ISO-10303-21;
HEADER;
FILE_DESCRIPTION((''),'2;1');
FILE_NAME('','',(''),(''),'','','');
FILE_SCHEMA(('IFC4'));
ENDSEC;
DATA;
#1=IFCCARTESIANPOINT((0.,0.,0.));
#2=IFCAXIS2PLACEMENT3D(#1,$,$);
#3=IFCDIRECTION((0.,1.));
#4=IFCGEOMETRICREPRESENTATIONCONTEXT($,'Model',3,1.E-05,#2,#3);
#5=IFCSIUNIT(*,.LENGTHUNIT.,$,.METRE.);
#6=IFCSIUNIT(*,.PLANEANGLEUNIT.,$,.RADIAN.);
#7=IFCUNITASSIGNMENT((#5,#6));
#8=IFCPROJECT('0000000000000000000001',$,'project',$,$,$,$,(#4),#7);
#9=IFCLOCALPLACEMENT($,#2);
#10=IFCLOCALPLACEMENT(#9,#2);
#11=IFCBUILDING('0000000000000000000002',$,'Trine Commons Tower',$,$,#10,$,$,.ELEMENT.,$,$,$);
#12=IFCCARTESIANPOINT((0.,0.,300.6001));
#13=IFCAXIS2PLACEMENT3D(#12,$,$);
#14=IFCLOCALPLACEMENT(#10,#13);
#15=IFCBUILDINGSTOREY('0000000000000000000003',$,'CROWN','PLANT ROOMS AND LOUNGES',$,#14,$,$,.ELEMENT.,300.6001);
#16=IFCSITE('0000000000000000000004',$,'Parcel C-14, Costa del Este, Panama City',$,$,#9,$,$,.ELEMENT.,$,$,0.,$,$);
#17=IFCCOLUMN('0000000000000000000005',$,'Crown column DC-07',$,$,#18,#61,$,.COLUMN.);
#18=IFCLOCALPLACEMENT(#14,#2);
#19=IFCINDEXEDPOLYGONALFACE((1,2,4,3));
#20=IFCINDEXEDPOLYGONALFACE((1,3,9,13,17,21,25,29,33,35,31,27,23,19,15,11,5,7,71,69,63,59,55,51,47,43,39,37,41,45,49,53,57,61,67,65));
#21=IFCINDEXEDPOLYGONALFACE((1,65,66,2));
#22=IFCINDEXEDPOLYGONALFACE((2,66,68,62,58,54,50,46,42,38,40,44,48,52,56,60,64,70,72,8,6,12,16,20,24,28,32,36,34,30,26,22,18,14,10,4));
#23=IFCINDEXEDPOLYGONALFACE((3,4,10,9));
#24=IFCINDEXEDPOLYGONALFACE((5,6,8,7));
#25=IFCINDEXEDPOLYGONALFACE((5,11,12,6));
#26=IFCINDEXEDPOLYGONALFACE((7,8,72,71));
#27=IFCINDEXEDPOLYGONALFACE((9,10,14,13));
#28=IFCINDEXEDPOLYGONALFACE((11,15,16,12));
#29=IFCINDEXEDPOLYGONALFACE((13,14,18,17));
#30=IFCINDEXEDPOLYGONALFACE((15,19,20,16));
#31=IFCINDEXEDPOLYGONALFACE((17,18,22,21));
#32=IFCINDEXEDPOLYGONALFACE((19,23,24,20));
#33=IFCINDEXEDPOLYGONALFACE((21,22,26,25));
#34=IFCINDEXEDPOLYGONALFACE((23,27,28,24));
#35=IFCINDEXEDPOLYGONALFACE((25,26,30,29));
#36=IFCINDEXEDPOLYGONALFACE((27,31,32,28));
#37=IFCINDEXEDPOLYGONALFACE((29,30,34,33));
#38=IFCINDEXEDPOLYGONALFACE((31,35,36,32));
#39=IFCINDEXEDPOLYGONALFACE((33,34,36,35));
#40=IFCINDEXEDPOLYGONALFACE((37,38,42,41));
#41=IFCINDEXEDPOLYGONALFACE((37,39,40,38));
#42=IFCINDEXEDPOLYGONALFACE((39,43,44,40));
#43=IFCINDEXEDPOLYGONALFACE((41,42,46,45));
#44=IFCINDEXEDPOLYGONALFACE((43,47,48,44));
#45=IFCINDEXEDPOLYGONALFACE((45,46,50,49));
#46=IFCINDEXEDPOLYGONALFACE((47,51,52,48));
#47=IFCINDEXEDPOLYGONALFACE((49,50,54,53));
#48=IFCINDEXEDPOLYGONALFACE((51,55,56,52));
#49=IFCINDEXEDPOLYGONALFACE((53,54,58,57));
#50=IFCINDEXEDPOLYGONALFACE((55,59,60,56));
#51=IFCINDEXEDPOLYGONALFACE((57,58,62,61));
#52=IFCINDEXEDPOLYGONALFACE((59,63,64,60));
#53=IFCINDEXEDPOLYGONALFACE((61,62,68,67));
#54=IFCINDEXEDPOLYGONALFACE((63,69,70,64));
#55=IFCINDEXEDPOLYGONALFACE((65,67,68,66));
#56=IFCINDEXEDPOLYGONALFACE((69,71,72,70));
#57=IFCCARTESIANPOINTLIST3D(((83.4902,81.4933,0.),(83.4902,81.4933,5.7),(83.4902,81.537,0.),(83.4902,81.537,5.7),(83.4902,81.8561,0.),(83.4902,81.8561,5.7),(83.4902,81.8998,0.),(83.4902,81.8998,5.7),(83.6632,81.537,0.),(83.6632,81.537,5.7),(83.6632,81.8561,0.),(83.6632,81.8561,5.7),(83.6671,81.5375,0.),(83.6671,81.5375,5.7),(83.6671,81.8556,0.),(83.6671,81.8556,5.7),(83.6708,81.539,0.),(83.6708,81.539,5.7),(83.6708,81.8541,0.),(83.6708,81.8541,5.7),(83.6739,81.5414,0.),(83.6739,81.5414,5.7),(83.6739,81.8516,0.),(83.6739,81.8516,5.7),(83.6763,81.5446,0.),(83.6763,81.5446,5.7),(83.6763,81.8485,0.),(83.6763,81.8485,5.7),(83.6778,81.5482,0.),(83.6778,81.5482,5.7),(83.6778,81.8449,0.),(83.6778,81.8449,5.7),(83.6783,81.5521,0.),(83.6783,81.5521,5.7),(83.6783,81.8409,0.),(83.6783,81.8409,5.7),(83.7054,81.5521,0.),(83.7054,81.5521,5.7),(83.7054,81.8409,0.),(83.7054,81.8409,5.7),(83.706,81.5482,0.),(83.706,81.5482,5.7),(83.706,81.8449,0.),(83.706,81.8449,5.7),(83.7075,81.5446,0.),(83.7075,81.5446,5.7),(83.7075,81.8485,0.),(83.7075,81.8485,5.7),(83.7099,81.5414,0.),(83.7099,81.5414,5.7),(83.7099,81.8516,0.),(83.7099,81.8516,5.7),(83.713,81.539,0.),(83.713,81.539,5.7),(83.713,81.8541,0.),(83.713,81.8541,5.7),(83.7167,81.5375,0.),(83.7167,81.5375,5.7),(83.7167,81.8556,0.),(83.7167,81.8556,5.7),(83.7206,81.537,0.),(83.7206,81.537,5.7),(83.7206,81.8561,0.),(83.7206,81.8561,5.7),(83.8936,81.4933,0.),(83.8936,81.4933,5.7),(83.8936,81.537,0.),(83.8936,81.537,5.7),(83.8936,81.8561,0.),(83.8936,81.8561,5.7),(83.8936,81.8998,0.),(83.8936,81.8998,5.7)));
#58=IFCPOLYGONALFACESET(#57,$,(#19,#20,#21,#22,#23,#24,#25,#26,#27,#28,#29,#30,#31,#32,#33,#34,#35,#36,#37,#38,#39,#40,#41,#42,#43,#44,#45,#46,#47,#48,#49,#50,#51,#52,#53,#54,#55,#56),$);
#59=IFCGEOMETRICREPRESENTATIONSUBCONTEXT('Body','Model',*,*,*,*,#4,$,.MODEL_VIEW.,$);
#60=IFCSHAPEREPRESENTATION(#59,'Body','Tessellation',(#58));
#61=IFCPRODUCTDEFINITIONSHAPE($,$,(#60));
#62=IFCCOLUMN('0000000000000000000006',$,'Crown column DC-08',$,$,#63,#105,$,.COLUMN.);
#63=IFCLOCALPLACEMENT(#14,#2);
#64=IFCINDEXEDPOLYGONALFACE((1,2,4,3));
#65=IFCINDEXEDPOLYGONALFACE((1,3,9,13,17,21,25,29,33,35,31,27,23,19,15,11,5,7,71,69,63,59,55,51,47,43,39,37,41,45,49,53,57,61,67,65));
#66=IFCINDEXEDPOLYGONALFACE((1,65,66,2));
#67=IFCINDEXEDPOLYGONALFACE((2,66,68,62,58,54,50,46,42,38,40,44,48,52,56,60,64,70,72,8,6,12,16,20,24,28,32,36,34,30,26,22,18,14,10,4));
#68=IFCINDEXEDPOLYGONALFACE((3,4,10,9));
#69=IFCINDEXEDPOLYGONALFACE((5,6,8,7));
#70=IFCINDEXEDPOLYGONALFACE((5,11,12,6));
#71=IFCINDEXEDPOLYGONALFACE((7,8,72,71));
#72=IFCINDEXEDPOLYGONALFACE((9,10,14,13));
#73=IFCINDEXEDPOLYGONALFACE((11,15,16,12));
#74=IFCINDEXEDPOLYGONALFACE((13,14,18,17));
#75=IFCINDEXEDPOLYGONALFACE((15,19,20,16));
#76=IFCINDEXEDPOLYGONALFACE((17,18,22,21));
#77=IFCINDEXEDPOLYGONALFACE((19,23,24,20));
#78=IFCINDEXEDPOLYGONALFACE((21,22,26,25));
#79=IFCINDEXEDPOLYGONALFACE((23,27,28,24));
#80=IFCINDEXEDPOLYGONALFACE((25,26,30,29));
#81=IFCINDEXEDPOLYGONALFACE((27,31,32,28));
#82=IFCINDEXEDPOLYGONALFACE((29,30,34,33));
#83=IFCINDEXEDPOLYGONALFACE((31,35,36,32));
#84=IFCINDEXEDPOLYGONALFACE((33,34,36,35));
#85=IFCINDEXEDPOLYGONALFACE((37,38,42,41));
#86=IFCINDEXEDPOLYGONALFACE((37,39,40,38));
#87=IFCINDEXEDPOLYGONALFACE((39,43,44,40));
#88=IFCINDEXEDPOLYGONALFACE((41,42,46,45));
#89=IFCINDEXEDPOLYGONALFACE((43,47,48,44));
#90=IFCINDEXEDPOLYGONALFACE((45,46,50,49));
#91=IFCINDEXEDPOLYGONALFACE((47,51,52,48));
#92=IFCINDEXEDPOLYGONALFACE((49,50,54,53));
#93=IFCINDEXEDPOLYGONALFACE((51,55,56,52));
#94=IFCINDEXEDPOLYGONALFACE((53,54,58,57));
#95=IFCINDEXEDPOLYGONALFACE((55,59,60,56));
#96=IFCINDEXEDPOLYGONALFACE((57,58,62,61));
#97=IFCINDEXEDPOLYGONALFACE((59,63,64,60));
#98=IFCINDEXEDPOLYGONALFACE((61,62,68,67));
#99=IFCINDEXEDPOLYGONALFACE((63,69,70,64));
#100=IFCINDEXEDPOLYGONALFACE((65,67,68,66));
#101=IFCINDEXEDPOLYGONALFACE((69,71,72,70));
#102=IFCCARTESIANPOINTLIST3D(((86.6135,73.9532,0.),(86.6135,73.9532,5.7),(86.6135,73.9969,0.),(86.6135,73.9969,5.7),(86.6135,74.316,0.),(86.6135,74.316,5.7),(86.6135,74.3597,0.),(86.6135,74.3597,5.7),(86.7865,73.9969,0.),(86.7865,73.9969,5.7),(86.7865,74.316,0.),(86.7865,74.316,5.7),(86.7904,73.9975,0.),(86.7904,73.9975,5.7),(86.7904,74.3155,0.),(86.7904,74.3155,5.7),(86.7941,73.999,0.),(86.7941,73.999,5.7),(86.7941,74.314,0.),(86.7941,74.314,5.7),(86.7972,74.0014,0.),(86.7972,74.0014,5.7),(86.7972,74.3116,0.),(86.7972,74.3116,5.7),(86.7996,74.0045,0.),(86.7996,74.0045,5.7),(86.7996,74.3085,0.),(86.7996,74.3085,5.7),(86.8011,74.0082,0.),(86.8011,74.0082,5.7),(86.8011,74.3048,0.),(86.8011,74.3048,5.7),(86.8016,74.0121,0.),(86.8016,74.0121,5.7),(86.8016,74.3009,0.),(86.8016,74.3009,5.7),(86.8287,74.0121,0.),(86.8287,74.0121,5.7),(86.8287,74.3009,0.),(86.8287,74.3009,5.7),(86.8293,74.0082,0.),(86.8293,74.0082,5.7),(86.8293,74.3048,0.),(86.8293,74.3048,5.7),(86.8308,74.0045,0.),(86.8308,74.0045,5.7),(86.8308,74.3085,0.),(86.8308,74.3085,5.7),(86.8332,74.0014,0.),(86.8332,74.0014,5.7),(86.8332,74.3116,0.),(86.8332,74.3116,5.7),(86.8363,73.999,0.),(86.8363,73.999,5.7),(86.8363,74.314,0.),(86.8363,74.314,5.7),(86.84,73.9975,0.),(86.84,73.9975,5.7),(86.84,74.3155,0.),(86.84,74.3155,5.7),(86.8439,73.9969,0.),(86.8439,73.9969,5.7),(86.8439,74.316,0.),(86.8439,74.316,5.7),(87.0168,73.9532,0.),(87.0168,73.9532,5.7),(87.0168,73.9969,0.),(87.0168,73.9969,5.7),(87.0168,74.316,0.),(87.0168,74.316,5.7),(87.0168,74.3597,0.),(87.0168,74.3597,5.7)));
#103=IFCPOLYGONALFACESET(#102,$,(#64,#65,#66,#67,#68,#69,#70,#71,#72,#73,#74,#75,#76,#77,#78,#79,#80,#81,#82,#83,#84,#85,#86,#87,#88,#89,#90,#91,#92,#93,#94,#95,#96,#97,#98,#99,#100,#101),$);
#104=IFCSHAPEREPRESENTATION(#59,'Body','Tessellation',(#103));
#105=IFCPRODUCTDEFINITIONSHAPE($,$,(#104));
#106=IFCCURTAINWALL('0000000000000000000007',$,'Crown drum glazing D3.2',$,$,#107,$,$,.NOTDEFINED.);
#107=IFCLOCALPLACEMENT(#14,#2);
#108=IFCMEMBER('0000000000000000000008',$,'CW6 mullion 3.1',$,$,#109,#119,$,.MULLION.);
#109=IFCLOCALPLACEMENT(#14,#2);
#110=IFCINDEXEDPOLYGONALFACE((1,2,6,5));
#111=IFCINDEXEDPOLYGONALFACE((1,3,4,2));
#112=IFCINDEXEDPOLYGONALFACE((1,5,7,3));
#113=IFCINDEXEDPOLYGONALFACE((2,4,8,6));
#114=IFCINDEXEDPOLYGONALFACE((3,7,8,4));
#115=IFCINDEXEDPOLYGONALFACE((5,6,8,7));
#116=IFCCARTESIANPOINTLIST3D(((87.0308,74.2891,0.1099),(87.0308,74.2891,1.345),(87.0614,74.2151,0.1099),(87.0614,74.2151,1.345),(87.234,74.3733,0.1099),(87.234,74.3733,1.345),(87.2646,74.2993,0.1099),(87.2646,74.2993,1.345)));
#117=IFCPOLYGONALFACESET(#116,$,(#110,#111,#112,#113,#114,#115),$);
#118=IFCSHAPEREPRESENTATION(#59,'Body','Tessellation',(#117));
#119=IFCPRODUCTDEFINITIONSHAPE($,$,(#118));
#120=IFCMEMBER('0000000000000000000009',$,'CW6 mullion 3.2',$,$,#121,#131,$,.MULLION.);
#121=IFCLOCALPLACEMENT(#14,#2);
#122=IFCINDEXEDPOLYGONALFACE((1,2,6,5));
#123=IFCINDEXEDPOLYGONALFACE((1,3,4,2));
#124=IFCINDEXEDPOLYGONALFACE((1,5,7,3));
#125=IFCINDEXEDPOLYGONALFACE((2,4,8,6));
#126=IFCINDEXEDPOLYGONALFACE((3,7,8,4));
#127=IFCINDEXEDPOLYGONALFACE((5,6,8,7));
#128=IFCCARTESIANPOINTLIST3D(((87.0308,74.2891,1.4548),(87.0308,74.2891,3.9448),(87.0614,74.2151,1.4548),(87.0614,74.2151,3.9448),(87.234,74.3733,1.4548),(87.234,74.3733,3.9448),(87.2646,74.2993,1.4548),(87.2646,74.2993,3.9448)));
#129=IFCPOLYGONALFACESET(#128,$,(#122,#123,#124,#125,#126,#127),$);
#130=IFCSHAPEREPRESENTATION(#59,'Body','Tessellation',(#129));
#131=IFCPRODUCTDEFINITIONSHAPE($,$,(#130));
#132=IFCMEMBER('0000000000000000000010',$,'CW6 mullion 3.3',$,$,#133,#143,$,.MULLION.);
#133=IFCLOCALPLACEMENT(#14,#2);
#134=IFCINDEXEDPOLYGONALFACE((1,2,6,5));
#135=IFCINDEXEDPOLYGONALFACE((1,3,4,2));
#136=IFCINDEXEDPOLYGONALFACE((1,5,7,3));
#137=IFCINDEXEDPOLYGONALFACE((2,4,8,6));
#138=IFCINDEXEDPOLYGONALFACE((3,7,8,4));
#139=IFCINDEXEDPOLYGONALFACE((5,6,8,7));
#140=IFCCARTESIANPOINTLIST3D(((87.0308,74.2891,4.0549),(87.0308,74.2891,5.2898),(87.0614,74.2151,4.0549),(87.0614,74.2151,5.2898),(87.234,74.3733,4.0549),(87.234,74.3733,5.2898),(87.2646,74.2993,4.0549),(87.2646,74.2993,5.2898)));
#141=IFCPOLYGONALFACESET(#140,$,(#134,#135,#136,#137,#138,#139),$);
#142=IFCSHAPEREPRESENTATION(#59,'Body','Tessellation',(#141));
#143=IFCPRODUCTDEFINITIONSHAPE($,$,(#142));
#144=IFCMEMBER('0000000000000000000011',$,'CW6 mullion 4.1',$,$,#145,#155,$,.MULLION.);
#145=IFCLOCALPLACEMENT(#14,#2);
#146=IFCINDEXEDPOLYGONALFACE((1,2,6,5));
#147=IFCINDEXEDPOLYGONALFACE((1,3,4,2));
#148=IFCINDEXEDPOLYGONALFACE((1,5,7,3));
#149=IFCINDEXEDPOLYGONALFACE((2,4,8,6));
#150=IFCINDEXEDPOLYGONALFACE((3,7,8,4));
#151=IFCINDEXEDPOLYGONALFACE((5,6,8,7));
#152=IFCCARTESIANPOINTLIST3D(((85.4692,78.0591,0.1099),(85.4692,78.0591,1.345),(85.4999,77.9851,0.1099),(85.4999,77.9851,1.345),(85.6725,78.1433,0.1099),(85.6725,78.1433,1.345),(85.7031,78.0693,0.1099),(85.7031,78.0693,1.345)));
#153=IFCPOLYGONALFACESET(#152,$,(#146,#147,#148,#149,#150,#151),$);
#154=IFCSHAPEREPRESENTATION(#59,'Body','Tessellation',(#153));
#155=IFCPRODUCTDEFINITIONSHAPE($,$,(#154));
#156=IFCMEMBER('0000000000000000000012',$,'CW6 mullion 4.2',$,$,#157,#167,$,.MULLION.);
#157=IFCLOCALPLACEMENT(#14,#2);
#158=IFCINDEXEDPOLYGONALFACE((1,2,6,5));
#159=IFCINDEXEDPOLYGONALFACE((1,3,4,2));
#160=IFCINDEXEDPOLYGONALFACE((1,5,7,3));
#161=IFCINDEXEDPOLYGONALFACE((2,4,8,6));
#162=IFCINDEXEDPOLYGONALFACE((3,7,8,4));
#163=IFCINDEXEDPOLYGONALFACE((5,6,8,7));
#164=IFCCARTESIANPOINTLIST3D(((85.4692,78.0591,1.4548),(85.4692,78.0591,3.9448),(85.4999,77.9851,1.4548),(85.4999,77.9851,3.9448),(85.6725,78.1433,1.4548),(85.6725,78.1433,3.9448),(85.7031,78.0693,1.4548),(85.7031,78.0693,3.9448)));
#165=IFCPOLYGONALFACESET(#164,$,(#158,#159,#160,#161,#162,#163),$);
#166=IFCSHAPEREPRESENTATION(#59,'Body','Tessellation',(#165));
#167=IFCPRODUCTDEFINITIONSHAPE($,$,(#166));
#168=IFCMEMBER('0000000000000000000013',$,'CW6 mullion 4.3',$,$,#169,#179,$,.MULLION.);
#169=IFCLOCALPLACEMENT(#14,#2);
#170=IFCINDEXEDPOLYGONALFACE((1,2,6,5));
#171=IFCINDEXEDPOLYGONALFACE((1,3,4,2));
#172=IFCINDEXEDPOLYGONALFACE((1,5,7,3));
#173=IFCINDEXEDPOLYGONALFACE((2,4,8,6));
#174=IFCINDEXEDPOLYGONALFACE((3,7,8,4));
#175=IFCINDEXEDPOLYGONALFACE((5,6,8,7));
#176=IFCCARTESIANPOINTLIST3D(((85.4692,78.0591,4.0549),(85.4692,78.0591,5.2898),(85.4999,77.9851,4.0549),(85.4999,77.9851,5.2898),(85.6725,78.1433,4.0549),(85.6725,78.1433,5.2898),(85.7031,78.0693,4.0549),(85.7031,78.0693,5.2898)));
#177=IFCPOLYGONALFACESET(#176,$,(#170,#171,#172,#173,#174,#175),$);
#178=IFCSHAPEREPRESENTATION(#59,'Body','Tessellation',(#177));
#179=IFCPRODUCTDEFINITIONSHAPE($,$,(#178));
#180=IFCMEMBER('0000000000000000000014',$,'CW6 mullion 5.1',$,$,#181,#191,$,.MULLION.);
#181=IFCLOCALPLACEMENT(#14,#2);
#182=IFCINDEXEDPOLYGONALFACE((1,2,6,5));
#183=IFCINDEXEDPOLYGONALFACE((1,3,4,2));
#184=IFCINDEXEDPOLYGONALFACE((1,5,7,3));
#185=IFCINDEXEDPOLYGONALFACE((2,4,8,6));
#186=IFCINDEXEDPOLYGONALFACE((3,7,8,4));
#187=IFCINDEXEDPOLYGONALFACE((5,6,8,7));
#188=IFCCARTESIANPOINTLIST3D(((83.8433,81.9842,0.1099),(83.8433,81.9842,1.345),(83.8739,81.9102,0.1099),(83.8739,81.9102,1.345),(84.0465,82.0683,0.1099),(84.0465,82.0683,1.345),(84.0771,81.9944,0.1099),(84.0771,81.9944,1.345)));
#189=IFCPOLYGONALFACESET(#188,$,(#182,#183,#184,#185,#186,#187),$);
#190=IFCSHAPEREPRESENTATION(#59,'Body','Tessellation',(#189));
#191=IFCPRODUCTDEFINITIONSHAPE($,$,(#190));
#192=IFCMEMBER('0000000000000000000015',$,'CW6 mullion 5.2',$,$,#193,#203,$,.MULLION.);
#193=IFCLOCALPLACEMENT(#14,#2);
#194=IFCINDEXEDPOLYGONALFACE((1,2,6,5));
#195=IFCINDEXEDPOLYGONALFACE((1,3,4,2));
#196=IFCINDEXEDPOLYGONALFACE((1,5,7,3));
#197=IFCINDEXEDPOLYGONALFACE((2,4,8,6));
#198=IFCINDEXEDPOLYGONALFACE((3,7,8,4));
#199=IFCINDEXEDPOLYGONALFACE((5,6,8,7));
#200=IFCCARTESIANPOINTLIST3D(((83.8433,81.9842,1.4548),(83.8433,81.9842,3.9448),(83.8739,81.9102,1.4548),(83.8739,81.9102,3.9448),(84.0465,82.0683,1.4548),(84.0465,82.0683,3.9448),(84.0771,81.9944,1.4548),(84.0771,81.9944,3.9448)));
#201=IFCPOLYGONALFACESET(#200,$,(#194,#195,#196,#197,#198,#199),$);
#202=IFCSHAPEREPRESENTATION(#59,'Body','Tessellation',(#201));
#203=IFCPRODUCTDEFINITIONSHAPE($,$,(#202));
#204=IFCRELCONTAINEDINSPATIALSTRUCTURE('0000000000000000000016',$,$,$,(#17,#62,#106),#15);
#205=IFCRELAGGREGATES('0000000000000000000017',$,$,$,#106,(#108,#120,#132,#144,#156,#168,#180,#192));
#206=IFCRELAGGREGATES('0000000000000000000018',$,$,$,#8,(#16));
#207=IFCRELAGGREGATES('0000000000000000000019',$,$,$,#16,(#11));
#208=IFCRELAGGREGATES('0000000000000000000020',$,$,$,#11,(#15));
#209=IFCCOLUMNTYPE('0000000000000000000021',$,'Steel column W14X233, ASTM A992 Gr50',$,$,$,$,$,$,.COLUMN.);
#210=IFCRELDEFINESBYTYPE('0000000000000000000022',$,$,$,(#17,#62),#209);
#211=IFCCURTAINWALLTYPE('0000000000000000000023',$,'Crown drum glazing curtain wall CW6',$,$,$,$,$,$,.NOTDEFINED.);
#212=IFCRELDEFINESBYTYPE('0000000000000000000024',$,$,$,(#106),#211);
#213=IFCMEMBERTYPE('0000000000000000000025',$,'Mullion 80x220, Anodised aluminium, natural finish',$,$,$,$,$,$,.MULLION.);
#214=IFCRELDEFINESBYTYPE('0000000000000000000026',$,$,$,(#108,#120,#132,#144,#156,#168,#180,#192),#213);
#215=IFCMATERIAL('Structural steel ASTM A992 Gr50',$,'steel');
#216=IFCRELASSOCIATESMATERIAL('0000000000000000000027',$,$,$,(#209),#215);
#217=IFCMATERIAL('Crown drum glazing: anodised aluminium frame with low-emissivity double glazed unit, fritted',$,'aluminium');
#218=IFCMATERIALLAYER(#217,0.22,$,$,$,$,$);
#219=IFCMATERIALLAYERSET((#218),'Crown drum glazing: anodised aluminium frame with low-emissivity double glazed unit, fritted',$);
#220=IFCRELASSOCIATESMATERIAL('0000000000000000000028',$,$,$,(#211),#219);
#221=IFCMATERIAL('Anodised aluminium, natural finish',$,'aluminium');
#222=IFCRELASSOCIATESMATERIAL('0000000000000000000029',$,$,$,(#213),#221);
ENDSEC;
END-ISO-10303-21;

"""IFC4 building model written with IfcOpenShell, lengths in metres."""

from ifc_helpers import new_model, si_unit, direction, frame, origin, origin_2d, place, context, subcontext, project, spatial, rectangle, i_section, extrude, material, layer, layer_set, material_profile, profile_set, type_object, element, aggregate, save


model = new_model("IFC4")

# Units and contexts
model_context = context("Model", 3, precision=1e-05, world=origin(), true_north=direction((0.0, 1.0)))
body_context = subcontext(model_context, "Body", "Model", "MODEL_VIEW")
ifc_project = project(units=[si_unit("LENGTHUNIT", "METRE"), si_unit("PLANEANGLEUNIT", "RADIAN")], contexts=[model_context])

# Site, building, storey
site_placement = place(None, origin())
site = spatial("IfcSite", under=ifc_project, at=site_placement, Name="Parcel C-14, Costa del Este, Panama City", CompositionType="ELEMENT", RefElevation=0.0)
building_placement = place(site_placement, origin())
building = spatial("IfcBuilding", under=site, at=building_placement, Name="Trine Commons Tower", CompositionType="ELEMENT")
storey_placement = place(building_placement, frame((0.0, 0.0, 300.6001)))
storey = spatial("IfcBuildingStorey", under=building, at=storey_placement, Name="CROWN", Description="PLANT ROOMS AND LOUNGES", CompositionType="ELEMENT", Elevation=300.6001)

# Columns
ifc_material_1 = material(Name="Structural steel ASTM A992 Gr50", Category="steel")
ifc_material_profile_1 = material_profile(ifc_material_1, i_section(OverallWidth=0.4033, OverallDepth=0.4065, WebThickness=0.0271, FlangeThickness=0.0437, FilletRadius=0.0151, at=origin_2d()), Name="W14X233")
ifc_profile_set_1 = profile_set([ifc_material_profile_1], Name="Structural steel ASTM A992 Gr50")
column_type = type_object("IfcColumnType", Name="Steel column W14X233, ASTM A992 Gr50", PredefinedType="COLUMN", material=ifc_profile_set_1)
for number, where, z_axis, x_axis, name in (
    (1, (83.6919, 81.6965, 0.0), (0.0, 0.0, 1.0), (1.0, 0.0, 0.0), "Crown column DC-07"),
    (2, (86.8152, 74.1565, 0.0), (0.0, 0.0, 1.0), (1.0, 0.0, 0.0), "Crown column DC-08"),
):
    element("IfcColumn", number, at=place(storey_placement, frame(where, z_axis=z_axis, x_axis=x_axis)), inside=storey, type_object=column_type, Name=name, PredefinedType="COLUMN", context=body_context, shape_type="SweptSolid", body=[
        extrude(i_section(OverallWidth=0.4033, OverallDepth=0.4065, WebThickness=0.0271, FlangeThickness=0.0437, FilletRadius=0.0151, at=origin_2d()), origin(), (0.0, 0.0, 1.0), 5.7),
    ])

# Curtain wall, members
ifc_material_2 = material(Name="Crown drum glazing: anodised aluminium frame with low-emissivity double glazed unit, fritted", Category="aluminium")
ifc_layer_1 = layer(ifc_material_2, 0.22)
ifc_layer_set_1 = layer_set([ifc_layer_1], Name="Crown drum glazing: anodised aluminium frame with low-emissivity double glazed unit, fritted")
curtain_wall_type = type_object("IfcCurtainWallType", Name="Crown drum glazing curtain wall CW6", PredefinedType="NOTDEFINED", material=ifc_layer_set_1)
curtain_wall_placement = place(storey_placement, origin())
curtain_wall = element("IfcCurtainWall", 3, at=curtain_wall_placement, inside=storey, type_object=curtain_wall_type, Name="Crown drum glazing D3.2", PredefinedType="NOTDEFINED")
ifc_material_3 = material(Name="Anodised aluminium, natural finish", Category="aluminium")
ifc_material_profile_2 = material_profile(ifc_material_3, rectangle(XDim=0.22, YDim=0.0801, at=origin_2d()), Name="Mullion 80x220")
ifc_profile_set_2 = profile_set([ifc_material_profile_2], Name="Anodised aluminium, natural finish")
member_type = type_object("IfcMemberType", Name="Mullion 80x220, Anodised aluminium, natural finish", PredefinedType="MULLION", material=ifc_profile_set_2)
member_1_placement = place(storey_placement, frame((87.1477, 74.2942, 0.1099), z_axis=(0.0, 0.0, 1.0), x_axis=(-0.92388, -0.382683, 0.0)))
member_1 = element("IfcMember", 4, at=member_1_placement, type_object=member_type, Name="CW6 mullion 3.1", PredefinedType="MULLION", context=body_context, shape_type="SweptSolid", body=[
    extrude(rectangle(XDim=0.22, YDim=0.0801, at=origin_2d()), origin(), (0.0, 0.0, 1.0), 1.2351),
])
member_2_placement = place(storey_placement, frame((87.1477, 74.2942, 1.4548), z_axis=(0.0, 0.0, 1.0), x_axis=(-0.92388, -0.382683, 0.0)))
member_2 = element("IfcMember", 5, at=member_2_placement, type_object=member_type, Name="CW6 mullion 3.2", PredefinedType="MULLION", context=body_context, shape_type="SweptSolid", body=[
    extrude(rectangle(XDim=0.22, YDim=0.0801, at=origin_2d()), origin(), (0.0, 0.0, 1.0), 2.49),
])
member_3_placement = place(storey_placement, frame((87.1477, 74.2942, 4.0549), z_axis=(0.0, 0.0, 1.0), x_axis=(-0.92388, -0.382683, 0.0)))
member_3 = element("IfcMember", 6, at=member_3_placement, type_object=member_type, Name="CW6 mullion 3.3", PredefinedType="MULLION", context=body_context, shape_type="SweptSolid", body=[
    extrude(rectangle(XDim=0.22, YDim=0.0801, at=origin_2d()), origin(), (0.0, 0.0, 1.0), 1.2349),
])
member_4_placement = place(storey_placement, frame((85.5862, 78.0642, 0.1099), z_axis=(0.0, 0.0, 1.0), x_axis=(-0.92388, -0.382683, 0.0)))
member_4 = element("IfcMember", 7, at=member_4_placement, type_object=member_type, Name="CW6 mullion 4.1", PredefinedType="MULLION", context=body_context, shape_type="SweptSolid", body=[
    extrude(rectangle(XDim=0.22, YDim=0.0801, at=origin_2d()), origin(), (0.0, 0.0, 1.0), 1.2351),
])
member_5_placement = place(storey_placement, frame((85.5862, 78.0642, 1.4548), z_axis=(0.0, 0.0, 1.0), x_axis=(-0.92388, -0.382683, 0.0)))
member_5 = element("IfcMember", 8, at=member_5_placement, type_object=member_type, Name="CW6 mullion 4.2", PredefinedType="MULLION", context=body_context, shape_type="SweptSolid", body=[
    extrude(rectangle(XDim=0.22, YDim=0.0801, at=origin_2d()), origin(), (0.0, 0.0, 1.0), 2.49),
])
member_6_placement = place(storey_placement, frame((85.5862, 78.0642, 4.0549), z_axis=(0.0, 0.0, 1.0), x_axis=(-0.92388, -0.382683, 0.0)))
member_6 = element("IfcMember", 9, at=member_6_placement, type_object=member_type, Name="CW6 mullion 4.3", PredefinedType="MULLION", context=body_context, shape_type="SweptSolid", body=[
    extrude(rectangle(XDim=0.22, YDim=0.0801, at=origin_2d()), origin(), (0.0, 0.0, 1.0), 1.2349),
])
member_7_placement = place(storey_placement, frame((83.9602, 81.9893, 0.1099), z_axis=(0.0, 0.0, 1.0), x_axis=(-0.92388, -0.382683, 0.0)))
member_7 = element("IfcMember", 10, at=member_7_placement, type_object=member_type, Name="CW6 mullion 5.1", PredefinedType="MULLION", context=body_context, shape_type="SweptSolid", body=[
    extrude(rectangle(XDim=0.22, YDim=0.0801, at=origin_2d()), origin(), (0.0, 0.0, 1.0), 1.2351),
])
member_8_placement = place(storey_placement, frame((83.9602, 81.9893, 1.4548), z_axis=(0.0, 0.0, 1.0), x_axis=(-0.92388, -0.382683, 0.0)))
member_8 = element("IfcMember", 11, at=member_8_placement, type_object=member_type, Name="CW6 mullion 5.2", PredefinedType="MULLION", context=body_context, shape_type="SweptSolid", body=[
    extrude(rectangle(XDim=0.22, YDim=0.0801, at=origin_2d()), origin(), (0.0, 0.0, 1.0), 2.49),
])

aggregate(curtain_wall, [member_1, member_2, member_3, member_4, member_5, member_6, member_7, member_8])

save(model, "model.ifc")
